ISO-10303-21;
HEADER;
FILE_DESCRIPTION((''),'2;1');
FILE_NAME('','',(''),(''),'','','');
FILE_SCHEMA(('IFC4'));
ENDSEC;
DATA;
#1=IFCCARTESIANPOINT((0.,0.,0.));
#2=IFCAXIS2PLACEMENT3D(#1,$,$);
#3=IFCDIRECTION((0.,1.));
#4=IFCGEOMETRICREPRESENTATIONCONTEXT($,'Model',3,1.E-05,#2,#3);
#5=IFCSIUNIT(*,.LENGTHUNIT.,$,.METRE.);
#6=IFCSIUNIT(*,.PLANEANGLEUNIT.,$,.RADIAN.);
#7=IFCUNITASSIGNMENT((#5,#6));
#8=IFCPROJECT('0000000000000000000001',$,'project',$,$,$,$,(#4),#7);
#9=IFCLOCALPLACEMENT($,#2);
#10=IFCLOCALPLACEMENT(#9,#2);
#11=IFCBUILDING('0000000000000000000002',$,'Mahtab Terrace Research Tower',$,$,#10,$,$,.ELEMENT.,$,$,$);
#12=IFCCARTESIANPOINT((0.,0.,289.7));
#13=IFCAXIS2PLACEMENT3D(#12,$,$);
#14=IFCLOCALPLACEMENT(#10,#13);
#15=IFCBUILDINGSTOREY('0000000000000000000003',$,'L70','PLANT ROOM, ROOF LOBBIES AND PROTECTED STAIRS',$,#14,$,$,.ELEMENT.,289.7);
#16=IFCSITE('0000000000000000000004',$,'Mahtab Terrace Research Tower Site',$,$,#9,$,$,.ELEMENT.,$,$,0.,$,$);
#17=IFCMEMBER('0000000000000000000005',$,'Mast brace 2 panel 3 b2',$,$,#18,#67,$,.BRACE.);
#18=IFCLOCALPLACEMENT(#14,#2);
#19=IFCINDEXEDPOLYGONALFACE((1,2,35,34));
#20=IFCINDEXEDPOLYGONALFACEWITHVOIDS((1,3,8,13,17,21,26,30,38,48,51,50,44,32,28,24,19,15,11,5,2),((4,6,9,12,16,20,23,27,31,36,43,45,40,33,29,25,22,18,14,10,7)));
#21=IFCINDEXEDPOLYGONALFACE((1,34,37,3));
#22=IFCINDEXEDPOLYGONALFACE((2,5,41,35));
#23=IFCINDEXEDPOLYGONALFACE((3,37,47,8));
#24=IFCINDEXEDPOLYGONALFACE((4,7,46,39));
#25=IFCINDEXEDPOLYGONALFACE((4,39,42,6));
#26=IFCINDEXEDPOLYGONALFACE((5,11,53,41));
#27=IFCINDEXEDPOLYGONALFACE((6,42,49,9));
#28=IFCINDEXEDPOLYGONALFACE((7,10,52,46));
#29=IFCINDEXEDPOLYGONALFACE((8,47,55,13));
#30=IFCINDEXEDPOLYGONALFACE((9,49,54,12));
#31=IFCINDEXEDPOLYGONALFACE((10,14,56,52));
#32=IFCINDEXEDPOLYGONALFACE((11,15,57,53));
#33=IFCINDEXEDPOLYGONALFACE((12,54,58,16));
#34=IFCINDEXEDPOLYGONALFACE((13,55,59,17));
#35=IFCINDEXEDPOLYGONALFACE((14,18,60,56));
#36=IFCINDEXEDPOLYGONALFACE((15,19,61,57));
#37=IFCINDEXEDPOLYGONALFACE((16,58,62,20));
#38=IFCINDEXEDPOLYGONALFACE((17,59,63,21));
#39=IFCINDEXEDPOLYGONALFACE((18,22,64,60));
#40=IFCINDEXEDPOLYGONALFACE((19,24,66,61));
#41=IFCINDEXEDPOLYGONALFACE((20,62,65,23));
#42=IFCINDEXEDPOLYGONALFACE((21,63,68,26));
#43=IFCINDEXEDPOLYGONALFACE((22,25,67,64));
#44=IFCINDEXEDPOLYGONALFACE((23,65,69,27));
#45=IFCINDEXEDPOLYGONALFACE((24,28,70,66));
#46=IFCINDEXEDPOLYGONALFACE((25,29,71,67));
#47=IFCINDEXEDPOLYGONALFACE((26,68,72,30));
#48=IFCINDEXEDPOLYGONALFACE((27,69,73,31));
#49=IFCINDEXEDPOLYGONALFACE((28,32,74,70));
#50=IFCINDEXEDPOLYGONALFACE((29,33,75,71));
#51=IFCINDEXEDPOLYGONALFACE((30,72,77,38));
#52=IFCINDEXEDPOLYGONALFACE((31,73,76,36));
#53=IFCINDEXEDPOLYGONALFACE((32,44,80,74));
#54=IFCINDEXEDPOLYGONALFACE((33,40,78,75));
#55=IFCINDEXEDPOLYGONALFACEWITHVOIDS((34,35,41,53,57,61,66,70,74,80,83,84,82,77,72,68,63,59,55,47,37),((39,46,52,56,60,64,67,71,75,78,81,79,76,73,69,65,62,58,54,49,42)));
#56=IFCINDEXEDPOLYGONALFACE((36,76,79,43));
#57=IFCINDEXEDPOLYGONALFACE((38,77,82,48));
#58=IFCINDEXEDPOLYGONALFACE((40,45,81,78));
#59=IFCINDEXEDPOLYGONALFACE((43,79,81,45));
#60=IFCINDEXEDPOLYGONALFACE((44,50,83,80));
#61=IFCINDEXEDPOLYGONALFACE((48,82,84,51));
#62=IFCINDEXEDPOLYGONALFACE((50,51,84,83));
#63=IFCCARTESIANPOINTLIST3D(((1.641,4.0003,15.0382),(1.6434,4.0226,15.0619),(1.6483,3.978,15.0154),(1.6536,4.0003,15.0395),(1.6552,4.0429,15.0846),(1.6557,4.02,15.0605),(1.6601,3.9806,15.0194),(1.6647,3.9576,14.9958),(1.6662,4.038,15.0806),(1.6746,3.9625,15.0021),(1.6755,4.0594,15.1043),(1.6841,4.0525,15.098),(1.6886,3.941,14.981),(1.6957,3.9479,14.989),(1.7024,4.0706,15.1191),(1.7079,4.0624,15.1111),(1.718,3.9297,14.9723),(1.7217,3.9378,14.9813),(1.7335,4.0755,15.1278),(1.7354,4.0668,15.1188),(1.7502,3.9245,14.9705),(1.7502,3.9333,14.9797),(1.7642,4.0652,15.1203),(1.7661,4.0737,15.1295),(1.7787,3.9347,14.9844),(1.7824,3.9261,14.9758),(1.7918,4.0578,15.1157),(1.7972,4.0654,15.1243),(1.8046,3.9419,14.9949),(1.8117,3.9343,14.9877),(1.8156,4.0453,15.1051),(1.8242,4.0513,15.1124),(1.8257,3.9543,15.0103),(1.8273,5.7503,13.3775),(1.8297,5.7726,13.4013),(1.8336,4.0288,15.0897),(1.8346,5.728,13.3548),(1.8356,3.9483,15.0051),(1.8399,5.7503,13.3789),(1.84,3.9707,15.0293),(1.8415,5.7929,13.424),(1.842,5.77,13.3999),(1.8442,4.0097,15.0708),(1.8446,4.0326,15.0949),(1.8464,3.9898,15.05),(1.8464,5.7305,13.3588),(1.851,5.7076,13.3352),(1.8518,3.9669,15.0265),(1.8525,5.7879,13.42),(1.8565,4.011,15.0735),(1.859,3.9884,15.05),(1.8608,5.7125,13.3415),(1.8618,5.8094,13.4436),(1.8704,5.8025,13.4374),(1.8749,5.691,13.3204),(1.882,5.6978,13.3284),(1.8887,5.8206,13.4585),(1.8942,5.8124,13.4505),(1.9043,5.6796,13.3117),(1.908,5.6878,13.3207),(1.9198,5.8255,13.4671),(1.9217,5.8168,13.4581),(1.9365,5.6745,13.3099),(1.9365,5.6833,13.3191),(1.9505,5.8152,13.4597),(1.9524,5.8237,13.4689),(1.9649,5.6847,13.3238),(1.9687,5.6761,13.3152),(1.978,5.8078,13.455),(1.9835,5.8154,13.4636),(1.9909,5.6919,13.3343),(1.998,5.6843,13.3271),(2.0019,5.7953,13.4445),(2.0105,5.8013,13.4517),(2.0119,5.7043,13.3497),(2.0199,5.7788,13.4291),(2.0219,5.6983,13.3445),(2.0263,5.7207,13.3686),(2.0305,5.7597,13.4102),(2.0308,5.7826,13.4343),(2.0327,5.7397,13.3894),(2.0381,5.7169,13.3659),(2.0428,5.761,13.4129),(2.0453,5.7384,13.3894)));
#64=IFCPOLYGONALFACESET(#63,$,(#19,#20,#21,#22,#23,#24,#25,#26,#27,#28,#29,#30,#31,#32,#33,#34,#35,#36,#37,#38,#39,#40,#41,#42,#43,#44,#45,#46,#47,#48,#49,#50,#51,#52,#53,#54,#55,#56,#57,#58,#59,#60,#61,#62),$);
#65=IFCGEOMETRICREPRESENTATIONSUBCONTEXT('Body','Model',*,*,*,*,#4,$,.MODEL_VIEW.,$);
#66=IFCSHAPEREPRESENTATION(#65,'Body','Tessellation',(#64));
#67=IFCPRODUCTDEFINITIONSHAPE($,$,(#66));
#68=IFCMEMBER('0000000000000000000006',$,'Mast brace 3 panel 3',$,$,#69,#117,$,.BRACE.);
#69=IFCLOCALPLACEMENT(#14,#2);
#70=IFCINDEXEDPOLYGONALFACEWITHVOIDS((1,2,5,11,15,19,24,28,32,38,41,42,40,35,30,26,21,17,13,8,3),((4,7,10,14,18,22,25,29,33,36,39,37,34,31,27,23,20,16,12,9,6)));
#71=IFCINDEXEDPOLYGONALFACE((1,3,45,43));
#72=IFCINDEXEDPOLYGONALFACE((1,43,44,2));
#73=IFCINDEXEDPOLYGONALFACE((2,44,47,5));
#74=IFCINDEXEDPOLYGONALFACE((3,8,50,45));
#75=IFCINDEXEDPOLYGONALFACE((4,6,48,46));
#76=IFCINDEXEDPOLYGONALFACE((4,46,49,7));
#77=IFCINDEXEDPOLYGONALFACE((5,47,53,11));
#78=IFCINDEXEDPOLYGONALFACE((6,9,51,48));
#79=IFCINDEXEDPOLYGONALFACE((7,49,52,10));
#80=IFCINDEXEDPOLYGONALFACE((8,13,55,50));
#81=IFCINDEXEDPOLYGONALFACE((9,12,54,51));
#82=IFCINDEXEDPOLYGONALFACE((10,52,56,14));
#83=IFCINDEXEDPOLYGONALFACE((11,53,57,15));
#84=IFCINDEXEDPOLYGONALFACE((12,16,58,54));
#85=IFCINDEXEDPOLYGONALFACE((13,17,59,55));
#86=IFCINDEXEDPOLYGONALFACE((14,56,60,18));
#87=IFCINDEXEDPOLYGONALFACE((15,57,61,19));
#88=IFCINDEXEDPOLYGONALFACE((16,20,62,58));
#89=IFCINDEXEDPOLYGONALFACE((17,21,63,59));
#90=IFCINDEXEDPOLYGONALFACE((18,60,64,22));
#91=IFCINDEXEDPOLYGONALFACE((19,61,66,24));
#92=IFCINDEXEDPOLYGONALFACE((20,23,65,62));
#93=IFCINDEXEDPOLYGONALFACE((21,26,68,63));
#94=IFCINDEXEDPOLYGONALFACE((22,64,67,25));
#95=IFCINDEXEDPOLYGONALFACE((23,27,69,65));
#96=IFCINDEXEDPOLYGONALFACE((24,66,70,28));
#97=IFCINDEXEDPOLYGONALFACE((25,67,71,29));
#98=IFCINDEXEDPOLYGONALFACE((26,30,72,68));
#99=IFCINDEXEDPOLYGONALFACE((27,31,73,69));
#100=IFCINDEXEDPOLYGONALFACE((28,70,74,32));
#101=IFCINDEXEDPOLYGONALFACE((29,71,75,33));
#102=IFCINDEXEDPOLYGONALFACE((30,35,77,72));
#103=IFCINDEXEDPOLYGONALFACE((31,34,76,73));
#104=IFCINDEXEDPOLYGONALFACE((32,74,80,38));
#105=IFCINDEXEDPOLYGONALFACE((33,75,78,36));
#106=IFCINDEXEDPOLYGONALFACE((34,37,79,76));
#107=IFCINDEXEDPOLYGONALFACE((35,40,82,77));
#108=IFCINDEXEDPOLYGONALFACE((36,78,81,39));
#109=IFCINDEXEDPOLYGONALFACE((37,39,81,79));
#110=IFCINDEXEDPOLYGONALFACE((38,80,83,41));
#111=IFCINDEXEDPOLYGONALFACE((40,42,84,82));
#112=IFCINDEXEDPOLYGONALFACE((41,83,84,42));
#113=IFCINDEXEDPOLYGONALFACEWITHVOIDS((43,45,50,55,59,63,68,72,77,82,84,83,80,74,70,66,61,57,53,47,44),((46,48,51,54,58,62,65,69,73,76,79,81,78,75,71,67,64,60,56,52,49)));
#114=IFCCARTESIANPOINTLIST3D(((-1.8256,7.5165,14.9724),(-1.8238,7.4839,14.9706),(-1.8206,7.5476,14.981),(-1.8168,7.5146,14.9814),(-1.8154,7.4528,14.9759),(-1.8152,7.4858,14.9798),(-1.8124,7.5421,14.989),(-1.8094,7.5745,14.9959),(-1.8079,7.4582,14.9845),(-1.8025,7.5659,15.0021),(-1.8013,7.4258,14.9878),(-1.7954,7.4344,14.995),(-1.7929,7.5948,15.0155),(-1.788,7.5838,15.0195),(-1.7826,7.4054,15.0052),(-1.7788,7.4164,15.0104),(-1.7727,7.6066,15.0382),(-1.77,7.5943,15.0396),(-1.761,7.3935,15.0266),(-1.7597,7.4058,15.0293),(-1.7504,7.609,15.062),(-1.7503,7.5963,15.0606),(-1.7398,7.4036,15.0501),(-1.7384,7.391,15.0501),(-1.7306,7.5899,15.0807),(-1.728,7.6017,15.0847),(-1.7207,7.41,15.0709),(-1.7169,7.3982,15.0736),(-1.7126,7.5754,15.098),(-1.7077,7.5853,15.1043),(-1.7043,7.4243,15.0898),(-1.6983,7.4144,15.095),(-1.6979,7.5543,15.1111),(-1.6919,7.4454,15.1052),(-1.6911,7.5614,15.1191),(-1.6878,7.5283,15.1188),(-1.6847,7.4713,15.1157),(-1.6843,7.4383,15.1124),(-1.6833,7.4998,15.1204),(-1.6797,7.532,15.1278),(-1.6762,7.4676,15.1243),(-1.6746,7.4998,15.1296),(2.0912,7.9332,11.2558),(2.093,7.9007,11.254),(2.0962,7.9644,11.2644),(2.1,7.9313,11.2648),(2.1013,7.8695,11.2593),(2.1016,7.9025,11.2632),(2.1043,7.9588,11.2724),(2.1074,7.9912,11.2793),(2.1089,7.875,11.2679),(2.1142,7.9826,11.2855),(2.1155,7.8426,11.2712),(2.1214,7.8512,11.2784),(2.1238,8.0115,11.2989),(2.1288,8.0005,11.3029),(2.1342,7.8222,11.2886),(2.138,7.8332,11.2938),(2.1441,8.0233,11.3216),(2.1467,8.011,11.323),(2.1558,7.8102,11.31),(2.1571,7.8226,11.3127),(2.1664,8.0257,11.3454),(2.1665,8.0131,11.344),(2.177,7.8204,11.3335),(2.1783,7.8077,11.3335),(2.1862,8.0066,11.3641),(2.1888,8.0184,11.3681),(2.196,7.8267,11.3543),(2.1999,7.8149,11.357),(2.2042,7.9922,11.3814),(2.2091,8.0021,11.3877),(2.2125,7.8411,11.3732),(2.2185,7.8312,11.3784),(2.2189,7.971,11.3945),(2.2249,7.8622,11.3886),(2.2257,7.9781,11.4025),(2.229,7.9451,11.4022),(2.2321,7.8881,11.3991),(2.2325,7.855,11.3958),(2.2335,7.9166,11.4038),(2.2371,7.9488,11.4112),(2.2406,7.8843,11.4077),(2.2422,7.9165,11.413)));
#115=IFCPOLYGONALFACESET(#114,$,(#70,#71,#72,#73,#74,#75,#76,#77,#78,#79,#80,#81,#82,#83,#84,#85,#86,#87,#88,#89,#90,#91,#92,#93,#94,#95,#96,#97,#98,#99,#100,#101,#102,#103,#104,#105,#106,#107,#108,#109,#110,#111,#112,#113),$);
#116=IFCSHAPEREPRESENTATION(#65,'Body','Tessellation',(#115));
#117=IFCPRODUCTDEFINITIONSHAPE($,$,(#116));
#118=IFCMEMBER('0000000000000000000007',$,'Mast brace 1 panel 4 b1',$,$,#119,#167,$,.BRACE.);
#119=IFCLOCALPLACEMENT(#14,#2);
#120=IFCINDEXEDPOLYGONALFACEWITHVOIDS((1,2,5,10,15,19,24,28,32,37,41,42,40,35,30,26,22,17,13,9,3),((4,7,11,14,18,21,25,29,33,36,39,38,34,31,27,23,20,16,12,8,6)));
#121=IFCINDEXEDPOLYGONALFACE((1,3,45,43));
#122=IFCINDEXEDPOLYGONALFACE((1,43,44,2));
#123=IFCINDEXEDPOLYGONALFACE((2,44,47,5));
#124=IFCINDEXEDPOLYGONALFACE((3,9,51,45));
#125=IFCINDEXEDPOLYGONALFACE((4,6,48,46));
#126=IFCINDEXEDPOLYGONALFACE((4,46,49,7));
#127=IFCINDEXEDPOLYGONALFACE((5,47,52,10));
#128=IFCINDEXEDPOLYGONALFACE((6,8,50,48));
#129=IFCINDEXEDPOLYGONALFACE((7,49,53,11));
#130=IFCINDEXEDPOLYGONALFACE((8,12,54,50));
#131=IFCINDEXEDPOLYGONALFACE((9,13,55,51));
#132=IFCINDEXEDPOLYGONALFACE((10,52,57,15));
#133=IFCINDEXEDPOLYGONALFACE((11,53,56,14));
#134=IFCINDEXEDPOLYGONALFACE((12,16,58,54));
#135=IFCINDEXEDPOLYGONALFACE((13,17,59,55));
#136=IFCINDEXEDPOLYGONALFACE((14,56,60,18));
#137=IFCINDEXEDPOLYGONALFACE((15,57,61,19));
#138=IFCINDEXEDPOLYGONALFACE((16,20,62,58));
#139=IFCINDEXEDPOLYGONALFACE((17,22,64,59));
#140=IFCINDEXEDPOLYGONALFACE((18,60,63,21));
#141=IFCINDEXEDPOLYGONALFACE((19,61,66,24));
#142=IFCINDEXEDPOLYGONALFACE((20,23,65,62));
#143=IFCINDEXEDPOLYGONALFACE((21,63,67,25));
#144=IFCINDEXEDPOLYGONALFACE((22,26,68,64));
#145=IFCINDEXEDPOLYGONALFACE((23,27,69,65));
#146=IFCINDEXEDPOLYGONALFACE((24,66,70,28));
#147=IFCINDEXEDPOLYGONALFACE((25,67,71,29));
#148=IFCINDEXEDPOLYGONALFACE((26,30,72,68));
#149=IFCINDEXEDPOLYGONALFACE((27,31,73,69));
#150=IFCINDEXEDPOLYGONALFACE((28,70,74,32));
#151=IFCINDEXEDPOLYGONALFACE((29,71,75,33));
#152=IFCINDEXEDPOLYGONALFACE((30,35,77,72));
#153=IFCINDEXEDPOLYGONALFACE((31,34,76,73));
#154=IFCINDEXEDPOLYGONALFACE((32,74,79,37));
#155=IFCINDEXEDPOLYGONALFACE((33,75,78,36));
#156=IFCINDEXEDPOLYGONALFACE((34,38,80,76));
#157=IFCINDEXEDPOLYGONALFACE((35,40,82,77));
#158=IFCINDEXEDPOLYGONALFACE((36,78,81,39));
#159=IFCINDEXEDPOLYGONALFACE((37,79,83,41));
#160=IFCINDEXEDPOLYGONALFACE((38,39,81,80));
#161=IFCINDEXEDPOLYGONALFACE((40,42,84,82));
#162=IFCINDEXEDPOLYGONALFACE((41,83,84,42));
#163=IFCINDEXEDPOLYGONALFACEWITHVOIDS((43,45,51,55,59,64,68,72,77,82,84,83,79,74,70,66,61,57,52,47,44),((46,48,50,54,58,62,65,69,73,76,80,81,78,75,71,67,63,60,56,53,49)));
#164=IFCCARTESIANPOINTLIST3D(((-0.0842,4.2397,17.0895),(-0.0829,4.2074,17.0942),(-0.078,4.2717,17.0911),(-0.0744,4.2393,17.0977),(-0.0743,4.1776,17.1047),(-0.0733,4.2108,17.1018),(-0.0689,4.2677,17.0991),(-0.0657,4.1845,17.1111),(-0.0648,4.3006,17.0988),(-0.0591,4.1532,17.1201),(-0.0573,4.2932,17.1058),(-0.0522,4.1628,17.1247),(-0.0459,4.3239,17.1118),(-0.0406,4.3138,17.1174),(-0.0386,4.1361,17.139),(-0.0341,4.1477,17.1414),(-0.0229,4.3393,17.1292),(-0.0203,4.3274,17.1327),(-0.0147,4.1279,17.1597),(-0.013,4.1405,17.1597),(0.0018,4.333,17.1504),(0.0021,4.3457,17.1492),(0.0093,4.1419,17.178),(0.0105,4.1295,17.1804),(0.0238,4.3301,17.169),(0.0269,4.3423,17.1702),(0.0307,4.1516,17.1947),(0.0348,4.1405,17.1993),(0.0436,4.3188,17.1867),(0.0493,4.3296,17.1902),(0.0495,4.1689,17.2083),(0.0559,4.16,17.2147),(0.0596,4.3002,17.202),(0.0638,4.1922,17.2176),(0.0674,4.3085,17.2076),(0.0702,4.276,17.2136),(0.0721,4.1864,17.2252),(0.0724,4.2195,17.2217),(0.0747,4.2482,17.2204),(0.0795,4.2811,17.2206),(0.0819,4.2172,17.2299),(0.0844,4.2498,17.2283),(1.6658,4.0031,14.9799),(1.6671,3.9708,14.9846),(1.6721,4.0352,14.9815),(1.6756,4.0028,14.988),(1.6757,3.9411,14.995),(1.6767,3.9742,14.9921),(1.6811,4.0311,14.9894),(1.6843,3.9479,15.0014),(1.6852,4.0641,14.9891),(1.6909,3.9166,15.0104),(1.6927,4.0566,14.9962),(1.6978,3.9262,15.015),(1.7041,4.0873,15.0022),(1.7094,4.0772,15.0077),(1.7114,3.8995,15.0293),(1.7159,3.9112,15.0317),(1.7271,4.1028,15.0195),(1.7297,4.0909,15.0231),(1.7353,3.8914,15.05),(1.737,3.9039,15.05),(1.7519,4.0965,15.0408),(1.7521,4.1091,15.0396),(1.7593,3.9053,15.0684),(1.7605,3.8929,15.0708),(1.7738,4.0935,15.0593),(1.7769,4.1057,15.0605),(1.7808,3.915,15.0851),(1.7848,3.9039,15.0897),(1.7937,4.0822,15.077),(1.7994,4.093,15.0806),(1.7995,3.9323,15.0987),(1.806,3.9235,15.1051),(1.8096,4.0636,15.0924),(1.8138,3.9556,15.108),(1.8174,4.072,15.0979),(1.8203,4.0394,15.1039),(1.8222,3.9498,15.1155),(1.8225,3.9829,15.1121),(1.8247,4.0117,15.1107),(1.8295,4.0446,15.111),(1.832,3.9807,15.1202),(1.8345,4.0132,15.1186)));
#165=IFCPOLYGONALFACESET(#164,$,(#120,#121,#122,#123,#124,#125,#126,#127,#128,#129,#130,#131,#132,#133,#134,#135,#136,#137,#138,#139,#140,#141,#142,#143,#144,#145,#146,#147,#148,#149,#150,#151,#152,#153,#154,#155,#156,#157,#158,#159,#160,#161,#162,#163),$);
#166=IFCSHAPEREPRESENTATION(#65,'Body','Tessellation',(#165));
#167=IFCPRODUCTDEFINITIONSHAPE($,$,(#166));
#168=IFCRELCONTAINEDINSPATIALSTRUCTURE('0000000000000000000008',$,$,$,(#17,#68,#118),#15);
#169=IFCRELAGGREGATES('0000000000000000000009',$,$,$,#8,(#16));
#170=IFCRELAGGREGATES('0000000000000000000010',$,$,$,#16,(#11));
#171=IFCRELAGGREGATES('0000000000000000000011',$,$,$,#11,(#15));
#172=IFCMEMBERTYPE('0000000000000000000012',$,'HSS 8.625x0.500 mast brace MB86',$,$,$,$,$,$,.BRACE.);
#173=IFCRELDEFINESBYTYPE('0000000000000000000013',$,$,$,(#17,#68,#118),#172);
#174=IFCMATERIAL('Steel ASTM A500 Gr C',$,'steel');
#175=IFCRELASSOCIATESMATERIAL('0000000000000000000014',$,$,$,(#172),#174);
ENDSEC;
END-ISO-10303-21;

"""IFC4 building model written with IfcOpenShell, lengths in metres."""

from ifc_helpers import new_model, si_unit, direction, frame, origin, origin_2d, place, context, subcontext, project, spatial, hollow_circle, extrude, material, material_profile, profile_set, type_object, element, save


model = new_model("IFC4")

# Units and contexts
model_context = context("Model", 3, precision=1e-05, world=origin(), true_north=direction((0.0, 1.0)))
body_context = subcontext(model_context, "Body", "Model", "MODEL_VIEW")
ifc_project = project(units=[si_unit("LENGTHUNIT", "METRE"), si_unit("PLANEANGLEUNIT", "RADIAN")], contexts=[model_context])

# Site, building, storey
site_placement = place(None, origin())
site = spatial("IfcSite", under=ifc_project, at=site_placement, Name="Mahtab Terrace Research Tower Site", CompositionType="ELEMENT", RefElevation=0.0)
building_placement = place(site_placement, origin())
building = spatial("IfcBuilding", under=site, at=building_placement, Name="Mahtab Terrace Research Tower", CompositionType="ELEMENT")
storey_placement = place(building_placement, frame((0.0, 0.0, 289.7)))
storey = spatial("IfcBuildingStorey", under=building, at=storey_placement, Name="L70", Description="PLANT ROOM, ROOF LOBBIES AND PROTECTED STAIRS", CompositionType="ELEMENT", Elevation=289.7)

# Members
ifc_material_1 = material(Name="Steel ASTM A500 Gr C", Category="steel")
ifc_material_profile_1 = material_profile(ifc_material_1, hollow_circle(Radius=0.1096, WallThickness=0.0127, at=origin_2d()), Name="HSS8.625X0.500")
ifc_profile_set_1 = profile_set([ifc_material_profile_1], Name="Steel ASTM A500 Gr C")
member_type_1 = type_object("IfcMemberType", Name="HSS 8.625x0.500 mast brace MB86", PredefinedType="BRACE", material=ifc_profile_set_1)
member_1_placement = place(storey_placement, frame((1.9363, 5.75, 13.3894), z_axis=(-0.076985, -0.723231, 0.686302), x_axis=(0.994382, -0.105847, 0.0)))
element("IfcMember", 1, at=member_1_placement, inside=storey, type_object=member_type_1, Name="Mast brace 2 panel 3 b2", PredefinedType="BRACE", context=body_context, shape_type="SweptSolid", body=[
    extrude(hollow_circle(Radius=0.1096, WallThickness=0.0127, at=origin_2d()), origin(), (0.0, 0.0, 1.0), 2.4197),
])
member_2_placement = place(storey_placement, frame((2.1667, 7.9167, 11.3335), z_axis=(-0.723251, -0.076955, 0.686284), x_axis=(0.105804, -0.994387, 0.0)))
element("IfcMember", 2, at=member_2_placement, inside=storey, type_object=member_type_1, Name="Mast brace 3 panel 3", PredefinedType="BRACE", context=body_context, shape_type="SweptSolid", body=[
    extrude(hollow_circle(Radius=0.1096, WallThickness=0.0127, at=origin_2d()), origin(), (0.0, 0.0, 1.0), 5.4155),
])
member_3_placement = place(storey_placement, frame((1.75, 4.0, 15.05), z_axis=(-0.636092, 0.08599, 0.766807), x_axis=(-0.133966, -0.990986, 0.0)))
element("IfcMember", 3, at=member_3_placement, inside=storey, type_object=member_type_1, Name="Mast brace 1 panel 4 b1", PredefinedType="BRACE", context=body_context, shape_type="SweptSolid", body=[
    extrude(hollow_circle(Radius=0.1096, WallThickness=0.0127, at=origin_2d()), origin(), (0.0, 0.0, 1.0), 2.7512),
])

save(model, "model.ifc")
